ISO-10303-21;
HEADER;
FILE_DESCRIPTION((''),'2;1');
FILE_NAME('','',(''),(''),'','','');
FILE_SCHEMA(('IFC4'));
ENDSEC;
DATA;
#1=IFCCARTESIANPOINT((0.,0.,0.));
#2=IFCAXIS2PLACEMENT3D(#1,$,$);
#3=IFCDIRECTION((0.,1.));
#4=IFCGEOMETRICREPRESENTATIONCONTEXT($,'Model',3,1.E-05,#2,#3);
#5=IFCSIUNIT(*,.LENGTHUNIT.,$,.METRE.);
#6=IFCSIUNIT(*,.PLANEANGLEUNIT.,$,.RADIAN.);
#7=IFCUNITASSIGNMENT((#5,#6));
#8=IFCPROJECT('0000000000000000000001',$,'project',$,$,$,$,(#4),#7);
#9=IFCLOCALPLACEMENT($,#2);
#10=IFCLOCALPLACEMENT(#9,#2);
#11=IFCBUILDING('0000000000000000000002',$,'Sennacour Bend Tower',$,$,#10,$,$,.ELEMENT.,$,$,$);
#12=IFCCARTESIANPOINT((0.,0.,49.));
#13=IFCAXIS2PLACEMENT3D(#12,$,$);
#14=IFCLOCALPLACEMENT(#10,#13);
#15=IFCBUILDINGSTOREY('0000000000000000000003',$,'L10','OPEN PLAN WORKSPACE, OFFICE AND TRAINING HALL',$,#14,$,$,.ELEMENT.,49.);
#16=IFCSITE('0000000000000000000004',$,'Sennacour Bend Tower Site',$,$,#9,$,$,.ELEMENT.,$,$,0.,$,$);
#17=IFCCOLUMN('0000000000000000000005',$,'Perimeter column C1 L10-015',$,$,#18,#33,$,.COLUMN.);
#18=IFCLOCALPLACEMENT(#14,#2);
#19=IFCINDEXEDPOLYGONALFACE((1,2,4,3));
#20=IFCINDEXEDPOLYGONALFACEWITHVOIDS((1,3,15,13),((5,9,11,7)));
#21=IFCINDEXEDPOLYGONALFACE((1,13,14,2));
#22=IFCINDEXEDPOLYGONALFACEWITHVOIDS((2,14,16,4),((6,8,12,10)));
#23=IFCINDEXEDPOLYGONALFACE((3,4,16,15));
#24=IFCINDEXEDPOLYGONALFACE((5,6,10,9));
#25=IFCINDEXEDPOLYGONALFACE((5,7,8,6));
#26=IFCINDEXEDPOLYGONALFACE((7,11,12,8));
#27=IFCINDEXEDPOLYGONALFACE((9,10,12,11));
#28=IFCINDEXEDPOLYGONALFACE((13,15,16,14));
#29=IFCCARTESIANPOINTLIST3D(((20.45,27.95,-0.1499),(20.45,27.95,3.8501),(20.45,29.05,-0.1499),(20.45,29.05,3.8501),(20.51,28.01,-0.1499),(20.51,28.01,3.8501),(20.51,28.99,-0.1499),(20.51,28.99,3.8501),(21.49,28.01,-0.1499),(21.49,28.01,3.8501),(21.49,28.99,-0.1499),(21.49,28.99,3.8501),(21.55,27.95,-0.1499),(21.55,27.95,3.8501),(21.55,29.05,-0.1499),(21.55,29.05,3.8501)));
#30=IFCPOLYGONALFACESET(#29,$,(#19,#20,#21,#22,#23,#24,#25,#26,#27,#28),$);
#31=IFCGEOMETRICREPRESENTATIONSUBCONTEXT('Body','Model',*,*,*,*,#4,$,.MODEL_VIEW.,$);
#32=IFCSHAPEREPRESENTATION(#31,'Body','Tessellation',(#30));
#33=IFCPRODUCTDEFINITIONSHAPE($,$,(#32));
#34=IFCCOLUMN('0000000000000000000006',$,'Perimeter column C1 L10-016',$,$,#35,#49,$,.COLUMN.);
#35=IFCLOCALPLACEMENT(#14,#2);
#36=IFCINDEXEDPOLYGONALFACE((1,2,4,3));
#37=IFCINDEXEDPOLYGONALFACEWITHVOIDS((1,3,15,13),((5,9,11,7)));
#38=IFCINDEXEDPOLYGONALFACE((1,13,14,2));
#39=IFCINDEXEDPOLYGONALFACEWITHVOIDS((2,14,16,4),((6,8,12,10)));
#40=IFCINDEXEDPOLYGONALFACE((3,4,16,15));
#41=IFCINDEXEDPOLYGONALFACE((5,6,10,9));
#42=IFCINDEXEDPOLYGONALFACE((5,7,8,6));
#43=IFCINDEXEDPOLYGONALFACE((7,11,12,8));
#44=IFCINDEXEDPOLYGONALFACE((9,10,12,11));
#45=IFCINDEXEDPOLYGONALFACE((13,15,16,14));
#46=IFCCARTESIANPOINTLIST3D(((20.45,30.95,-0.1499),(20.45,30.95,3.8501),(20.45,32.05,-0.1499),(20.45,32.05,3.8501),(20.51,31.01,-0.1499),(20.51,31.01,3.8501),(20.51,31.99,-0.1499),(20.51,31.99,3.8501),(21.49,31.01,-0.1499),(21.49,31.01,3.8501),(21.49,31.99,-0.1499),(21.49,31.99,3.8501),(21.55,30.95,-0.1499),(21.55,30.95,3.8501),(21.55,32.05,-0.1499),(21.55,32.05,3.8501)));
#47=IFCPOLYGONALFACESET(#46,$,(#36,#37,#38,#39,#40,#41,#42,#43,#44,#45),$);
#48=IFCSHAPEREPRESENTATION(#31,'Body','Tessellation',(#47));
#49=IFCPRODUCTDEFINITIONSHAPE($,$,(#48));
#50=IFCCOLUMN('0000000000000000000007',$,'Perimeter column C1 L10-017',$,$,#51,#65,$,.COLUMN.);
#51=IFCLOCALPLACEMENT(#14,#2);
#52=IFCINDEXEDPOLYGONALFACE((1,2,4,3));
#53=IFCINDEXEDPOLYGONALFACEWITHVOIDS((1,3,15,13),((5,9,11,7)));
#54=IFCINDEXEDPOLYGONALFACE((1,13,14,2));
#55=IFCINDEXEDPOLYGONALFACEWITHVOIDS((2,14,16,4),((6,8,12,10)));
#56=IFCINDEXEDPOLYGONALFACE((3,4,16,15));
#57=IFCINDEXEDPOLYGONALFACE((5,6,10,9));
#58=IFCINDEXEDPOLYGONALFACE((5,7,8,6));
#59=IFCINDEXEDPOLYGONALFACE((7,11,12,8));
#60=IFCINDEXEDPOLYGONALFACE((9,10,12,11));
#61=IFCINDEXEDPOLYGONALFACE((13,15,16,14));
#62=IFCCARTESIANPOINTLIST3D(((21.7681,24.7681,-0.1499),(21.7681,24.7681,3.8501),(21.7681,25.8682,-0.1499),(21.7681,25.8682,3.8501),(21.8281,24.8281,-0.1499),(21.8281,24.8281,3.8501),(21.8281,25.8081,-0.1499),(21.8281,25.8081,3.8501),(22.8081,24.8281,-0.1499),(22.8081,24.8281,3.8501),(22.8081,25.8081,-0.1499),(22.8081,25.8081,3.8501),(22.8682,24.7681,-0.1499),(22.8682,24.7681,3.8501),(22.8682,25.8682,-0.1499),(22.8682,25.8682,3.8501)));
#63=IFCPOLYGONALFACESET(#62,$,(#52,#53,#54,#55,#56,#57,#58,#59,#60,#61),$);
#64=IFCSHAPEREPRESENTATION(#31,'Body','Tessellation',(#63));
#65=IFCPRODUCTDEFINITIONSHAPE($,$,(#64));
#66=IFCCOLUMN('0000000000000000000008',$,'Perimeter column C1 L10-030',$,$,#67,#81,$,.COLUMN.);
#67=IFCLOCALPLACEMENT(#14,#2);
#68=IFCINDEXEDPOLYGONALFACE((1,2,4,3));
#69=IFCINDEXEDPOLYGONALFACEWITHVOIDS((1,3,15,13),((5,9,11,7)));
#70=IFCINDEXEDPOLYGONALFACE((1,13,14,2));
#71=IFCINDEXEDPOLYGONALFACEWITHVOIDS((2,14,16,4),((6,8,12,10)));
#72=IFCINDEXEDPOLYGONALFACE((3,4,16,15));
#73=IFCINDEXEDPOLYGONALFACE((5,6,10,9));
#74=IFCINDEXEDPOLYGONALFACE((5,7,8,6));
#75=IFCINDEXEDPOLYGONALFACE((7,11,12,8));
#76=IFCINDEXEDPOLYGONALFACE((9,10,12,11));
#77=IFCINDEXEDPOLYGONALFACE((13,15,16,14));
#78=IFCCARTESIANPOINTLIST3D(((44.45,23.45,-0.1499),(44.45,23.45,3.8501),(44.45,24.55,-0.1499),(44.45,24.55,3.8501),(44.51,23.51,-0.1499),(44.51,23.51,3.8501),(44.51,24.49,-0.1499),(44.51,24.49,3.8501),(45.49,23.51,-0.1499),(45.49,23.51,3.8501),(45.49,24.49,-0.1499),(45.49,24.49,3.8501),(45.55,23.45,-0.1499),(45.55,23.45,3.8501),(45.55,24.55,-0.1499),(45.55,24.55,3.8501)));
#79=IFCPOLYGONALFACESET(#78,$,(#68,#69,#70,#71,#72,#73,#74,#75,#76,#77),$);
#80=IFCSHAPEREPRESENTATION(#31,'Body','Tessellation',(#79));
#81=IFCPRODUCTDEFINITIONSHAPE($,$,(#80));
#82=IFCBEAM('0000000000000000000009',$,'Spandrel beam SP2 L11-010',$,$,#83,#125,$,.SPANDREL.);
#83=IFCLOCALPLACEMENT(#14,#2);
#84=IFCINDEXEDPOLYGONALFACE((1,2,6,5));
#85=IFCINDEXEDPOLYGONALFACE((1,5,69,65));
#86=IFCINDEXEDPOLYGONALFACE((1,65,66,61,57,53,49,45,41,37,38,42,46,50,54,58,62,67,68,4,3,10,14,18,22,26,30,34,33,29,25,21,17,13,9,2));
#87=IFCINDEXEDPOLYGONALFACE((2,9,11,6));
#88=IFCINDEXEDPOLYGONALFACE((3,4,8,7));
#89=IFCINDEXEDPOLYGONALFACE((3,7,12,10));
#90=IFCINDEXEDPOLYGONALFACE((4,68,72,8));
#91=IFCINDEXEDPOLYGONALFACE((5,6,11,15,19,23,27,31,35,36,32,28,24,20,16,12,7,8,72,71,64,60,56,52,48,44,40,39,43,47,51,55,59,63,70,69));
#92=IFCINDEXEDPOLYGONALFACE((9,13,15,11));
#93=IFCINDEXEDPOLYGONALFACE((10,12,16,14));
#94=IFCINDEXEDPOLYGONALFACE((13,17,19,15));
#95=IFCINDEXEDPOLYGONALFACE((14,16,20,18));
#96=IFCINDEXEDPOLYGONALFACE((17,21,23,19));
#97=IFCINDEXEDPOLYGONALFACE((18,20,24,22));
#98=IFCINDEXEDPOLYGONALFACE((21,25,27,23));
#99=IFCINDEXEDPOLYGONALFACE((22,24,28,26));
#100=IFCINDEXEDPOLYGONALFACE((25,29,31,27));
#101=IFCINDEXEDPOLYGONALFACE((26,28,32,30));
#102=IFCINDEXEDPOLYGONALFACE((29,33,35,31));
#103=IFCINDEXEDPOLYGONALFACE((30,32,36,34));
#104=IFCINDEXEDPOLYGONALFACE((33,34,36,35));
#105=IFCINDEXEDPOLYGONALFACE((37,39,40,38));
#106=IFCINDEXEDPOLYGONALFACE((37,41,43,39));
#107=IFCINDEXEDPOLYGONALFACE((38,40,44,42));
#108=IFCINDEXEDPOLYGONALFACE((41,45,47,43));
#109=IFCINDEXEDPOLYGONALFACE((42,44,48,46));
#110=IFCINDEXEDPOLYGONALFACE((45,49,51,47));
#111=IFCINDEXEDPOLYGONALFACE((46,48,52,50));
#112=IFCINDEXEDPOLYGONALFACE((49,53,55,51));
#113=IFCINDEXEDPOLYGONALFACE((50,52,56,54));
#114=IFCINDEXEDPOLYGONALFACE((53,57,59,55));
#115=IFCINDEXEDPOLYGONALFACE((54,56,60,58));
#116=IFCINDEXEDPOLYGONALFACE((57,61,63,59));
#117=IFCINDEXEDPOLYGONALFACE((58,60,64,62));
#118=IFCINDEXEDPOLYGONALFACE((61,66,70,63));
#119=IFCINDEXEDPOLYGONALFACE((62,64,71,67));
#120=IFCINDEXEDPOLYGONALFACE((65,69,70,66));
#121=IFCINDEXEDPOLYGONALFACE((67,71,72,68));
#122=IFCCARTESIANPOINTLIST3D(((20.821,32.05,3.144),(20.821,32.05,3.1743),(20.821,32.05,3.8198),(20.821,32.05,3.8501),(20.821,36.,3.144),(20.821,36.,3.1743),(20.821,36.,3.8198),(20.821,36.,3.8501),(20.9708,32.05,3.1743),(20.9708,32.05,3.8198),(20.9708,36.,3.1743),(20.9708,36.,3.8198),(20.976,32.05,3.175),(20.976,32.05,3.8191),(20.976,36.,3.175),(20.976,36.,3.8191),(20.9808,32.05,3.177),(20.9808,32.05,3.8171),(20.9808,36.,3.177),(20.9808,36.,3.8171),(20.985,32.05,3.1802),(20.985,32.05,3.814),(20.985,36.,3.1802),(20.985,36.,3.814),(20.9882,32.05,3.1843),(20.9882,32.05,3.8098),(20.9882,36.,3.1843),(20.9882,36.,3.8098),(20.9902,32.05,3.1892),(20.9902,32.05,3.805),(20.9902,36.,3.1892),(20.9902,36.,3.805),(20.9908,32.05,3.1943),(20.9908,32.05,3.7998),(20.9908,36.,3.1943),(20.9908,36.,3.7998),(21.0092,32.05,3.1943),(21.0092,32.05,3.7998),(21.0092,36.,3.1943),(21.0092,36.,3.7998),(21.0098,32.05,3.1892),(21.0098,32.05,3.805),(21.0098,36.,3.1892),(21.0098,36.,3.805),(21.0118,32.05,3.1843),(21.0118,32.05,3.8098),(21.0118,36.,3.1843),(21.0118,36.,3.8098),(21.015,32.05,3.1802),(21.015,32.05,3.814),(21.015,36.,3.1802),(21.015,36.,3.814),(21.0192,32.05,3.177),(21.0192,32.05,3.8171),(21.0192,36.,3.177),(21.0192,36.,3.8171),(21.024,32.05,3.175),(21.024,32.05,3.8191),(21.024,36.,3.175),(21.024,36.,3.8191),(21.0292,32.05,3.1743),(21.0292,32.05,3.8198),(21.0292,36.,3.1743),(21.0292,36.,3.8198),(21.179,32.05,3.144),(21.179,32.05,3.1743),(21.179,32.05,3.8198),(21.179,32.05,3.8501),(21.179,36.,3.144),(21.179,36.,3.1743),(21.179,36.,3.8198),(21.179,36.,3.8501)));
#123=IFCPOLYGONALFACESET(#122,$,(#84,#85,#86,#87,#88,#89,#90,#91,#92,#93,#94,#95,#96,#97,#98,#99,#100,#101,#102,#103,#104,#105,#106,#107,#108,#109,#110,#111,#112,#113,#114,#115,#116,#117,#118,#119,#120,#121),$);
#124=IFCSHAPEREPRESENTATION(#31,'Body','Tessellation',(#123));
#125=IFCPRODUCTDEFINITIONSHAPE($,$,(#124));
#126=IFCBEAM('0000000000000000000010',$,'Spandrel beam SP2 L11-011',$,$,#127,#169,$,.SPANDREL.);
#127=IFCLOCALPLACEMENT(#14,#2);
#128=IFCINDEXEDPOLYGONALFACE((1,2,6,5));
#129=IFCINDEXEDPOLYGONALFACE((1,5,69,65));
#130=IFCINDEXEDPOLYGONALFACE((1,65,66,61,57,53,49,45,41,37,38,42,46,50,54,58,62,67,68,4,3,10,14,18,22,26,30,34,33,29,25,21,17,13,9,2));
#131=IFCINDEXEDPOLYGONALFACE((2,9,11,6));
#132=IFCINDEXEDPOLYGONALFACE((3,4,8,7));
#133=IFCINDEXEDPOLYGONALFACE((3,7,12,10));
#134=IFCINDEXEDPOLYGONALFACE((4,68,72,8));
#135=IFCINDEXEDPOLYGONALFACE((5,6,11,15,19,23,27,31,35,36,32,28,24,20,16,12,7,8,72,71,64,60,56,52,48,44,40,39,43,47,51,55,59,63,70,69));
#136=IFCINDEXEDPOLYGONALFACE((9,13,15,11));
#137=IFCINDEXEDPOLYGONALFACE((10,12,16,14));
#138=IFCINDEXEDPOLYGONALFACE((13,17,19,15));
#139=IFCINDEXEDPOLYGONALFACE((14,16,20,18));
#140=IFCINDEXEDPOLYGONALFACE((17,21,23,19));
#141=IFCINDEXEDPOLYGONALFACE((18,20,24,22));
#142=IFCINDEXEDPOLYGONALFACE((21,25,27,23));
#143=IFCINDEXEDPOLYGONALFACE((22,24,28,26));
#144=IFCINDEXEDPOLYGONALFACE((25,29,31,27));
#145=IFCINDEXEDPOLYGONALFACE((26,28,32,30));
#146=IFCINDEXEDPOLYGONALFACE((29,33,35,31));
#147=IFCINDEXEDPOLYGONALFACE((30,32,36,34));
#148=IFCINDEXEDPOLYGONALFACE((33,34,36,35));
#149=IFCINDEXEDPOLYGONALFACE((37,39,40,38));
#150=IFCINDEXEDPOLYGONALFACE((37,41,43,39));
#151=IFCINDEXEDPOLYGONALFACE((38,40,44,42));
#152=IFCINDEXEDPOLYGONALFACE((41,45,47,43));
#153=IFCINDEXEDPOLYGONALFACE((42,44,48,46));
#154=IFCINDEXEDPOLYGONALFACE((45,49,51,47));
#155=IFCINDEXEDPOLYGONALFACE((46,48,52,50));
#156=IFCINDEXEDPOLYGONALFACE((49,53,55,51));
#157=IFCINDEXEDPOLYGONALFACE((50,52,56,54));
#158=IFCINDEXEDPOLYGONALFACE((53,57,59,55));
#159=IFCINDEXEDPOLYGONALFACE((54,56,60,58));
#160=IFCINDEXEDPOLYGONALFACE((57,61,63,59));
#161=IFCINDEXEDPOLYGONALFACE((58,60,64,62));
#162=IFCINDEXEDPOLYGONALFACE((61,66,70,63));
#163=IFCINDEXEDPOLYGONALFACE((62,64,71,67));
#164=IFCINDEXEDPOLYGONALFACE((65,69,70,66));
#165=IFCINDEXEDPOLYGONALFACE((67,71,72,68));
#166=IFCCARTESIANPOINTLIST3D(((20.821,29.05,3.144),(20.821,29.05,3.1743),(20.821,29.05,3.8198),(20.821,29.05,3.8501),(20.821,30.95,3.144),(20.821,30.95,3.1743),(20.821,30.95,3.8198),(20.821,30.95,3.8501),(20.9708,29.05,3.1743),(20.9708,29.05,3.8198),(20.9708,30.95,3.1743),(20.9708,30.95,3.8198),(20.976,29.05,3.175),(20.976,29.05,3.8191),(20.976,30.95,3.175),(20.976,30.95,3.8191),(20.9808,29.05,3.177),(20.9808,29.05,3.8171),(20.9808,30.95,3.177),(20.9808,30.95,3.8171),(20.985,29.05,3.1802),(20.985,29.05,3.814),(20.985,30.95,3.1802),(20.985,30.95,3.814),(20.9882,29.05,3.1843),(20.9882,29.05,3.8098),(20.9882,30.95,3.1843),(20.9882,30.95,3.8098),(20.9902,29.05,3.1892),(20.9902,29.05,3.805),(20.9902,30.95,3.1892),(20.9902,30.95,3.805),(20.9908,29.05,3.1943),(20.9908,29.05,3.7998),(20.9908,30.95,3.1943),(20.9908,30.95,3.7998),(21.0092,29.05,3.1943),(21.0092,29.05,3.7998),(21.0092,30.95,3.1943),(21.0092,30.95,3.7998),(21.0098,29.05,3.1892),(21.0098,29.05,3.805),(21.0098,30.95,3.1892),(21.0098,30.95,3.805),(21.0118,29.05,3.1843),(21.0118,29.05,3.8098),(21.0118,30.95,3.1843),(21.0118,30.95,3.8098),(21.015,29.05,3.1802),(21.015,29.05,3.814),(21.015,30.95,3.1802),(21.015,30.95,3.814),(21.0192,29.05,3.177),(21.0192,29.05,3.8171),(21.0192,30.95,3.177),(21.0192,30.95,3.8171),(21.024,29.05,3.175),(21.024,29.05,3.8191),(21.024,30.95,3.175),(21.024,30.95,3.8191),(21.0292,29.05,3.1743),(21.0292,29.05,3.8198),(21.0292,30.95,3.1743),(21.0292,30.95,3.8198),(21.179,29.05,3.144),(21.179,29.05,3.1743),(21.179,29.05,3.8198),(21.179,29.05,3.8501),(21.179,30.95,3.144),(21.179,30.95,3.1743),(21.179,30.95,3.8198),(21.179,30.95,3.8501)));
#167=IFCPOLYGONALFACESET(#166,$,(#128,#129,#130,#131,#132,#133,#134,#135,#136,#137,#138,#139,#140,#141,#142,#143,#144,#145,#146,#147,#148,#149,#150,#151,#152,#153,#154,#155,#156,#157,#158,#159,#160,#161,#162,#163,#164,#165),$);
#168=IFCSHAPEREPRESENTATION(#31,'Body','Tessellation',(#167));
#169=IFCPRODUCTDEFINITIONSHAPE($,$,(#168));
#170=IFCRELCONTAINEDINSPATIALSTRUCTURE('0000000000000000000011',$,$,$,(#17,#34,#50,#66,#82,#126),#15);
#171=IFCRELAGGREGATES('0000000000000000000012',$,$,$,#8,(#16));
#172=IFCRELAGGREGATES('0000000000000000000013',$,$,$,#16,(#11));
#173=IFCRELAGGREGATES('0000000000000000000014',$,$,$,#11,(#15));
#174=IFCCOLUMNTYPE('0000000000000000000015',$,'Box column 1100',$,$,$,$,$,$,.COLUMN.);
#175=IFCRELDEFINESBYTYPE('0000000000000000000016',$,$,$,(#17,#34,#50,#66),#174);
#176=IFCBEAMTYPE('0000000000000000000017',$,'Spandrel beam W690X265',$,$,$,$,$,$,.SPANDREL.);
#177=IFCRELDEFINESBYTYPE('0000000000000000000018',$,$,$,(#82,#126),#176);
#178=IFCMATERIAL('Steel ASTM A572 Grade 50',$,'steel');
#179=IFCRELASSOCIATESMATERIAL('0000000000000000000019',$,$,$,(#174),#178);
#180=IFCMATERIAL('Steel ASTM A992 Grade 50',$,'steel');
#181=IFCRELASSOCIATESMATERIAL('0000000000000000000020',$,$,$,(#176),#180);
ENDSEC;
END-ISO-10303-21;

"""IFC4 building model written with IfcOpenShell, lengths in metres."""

from ifc_helpers import new_model, si_unit, direction, frame, origin, origin_2d, place, context, subcontext, project, spatial, hollow_rectangle, i_section, extrude, material, material_profile, profile_set, type_object, element, save


model = new_model("IFC4")

# Units and contexts
model_context = context("Model", 3, precision=1e-05, world=origin(), true_north=direction((0.0, 1.0)))
body_context = subcontext(model_context, "Body", "Model", "MODEL_VIEW")
ifc_project = project(units=[si_unit("LENGTHUNIT", "METRE"), si_unit("PLANEANGLEUNIT", "RADIAN")], contexts=[model_context])

# Site, building, storey
site_placement = place(None, origin())
site = spatial("IfcSite", under=ifc_project, at=site_placement, Name="Sennacour Bend Tower Site", CompositionType="ELEMENT", RefElevation=0.0)
building_placement = place(site_placement, origin())
building = spatial("IfcBuilding", under=site, at=building_placement, Name="Sennacour Bend Tower", CompositionType="ELEMENT")
storey_placement = place(building_placement, frame((0.0, 0.0, 49.0)))
storey = spatial("IfcBuildingStorey", under=building, at=storey_placement, Name="L10", Description="OPEN PLAN WORKSPACE, OFFICE AND TRAINING HALL", CompositionType="ELEMENT", Elevation=49.0)

# Columns
ifc_material_1 = material(Name="Steel ASTM A572 Grade 50", Category="steel")
ifc_material_profile_1 = material_profile(ifc_material_1, hollow_rectangle(XDim=1.1001, YDim=1.1001, WallThickness=0.0601, at=origin_2d()), Name="Steel ASTM A572 Grade 50", Category="steel")
ifc_profile_set_1 = profile_set([ifc_material_profile_1], Name="Steel ASTM A572 Grade 50")
column_type = type_object("IfcColumnType", Name="Box column 1100", PredefinedType="COLUMN", material=ifc_profile_set_1)
for number, where, z_axis, x_axis, name in (
    (1, (21.0, 28.5, -0.1499), (0.0, 0.0, 1.0), (1.0, 0.0, 0.0), "Perimeter column C1 L10-015"),
    (2, (21.0, 31.5, -0.1499), (0.0, 0.0, 1.0), (1.0, 0.0, 0.0), "Perimeter column C1 L10-016"),
    (3, (22.3181, 25.3181, -0.1499), (0.0, 0.0, 1.0), (1.0, 0.0, 0.0), "Perimeter column C1 L10-017"),
    (4, (45.0, 24.0, -0.1499), (0.0, 0.0, 1.0), (1.0, 0.0, 0.0), "Perimeter column C1 L10-030"),
):
    element("IfcColumn", number, at=place(storey_placement, frame(where, z_axis=z_axis, x_axis=x_axis)), inside=storey, type_object=column_type, Name=name, PredefinedType="COLUMN", context=body_context, shape_type="SweptSolid", body=[
        extrude(hollow_rectangle(XDim=1.1001, YDim=1.1001, WallThickness=0.0601, at=origin_2d()), origin(), (0.0, 0.0, 1.0), 4.0),
    ])

# Beams
ifc_material_2 = material(Name="Steel ASTM A992 Grade 50", Category="steel")
ifc_material_profile_2 = material_profile(ifc_material_2, i_section(OverallWidth=0.3579, OverallDepth=0.7061, WebThickness=0.0183, FlangeThickness=0.0303, FilletRadius=0.02, at=origin_2d()), Name="Steel ASTM A992 Grade 50", Category="steel")
ifc_profile_set_2 = profile_set([ifc_material_profile_2], Name="Steel ASTM A992 Grade 50")
beam_type = type_object("IfcBeamType", Name="Spandrel beam W690X265", PredefinedType="SPANDREL", material=ifc_profile_set_2)
beam_1_placement = place(storey_placement, frame((21.0, 36.0, 3.4971), z_axis=(0.0, -1.0, 0.0), x_axis=(1.0, 0.0, 0.0)))
element("IfcBeam", 5, at=beam_1_placement, inside=storey, type_object=beam_type, Name="Spandrel beam SP2 L11-010", PredefinedType="SPANDREL", context=body_context, shape_type="SweptSolid", body=[
    extrude(i_section(OverallWidth=0.3579, OverallDepth=0.7061, WebThickness=0.0183, FlangeThickness=0.0303, FilletRadius=0.02, at=origin_2d()), origin(), (0.0, 0.0, 1.0), 3.95),
])
beam_2_placement = place(storey_placement, frame((21.0, 30.95, 3.4971), z_axis=(0.0, -1.0, 0.0), x_axis=(1.0, 0.0, 0.0)))
element("IfcBeam", 6, at=beam_2_placement, inside=storey, type_object=beam_type, Name="Spandrel beam SP2 L11-011", PredefinedType="SPANDREL", context=body_context, shape_type="SweptSolid", body=[
    extrude(i_section(OverallWidth=0.3579, OverallDepth=0.7061, WebThickness=0.0183, FlangeThickness=0.0303, FilletRadius=0.02, at=origin_2d()), origin(), (0.0, 0.0, 1.0), 1.8999),
])

save(model, "model.ifc")
